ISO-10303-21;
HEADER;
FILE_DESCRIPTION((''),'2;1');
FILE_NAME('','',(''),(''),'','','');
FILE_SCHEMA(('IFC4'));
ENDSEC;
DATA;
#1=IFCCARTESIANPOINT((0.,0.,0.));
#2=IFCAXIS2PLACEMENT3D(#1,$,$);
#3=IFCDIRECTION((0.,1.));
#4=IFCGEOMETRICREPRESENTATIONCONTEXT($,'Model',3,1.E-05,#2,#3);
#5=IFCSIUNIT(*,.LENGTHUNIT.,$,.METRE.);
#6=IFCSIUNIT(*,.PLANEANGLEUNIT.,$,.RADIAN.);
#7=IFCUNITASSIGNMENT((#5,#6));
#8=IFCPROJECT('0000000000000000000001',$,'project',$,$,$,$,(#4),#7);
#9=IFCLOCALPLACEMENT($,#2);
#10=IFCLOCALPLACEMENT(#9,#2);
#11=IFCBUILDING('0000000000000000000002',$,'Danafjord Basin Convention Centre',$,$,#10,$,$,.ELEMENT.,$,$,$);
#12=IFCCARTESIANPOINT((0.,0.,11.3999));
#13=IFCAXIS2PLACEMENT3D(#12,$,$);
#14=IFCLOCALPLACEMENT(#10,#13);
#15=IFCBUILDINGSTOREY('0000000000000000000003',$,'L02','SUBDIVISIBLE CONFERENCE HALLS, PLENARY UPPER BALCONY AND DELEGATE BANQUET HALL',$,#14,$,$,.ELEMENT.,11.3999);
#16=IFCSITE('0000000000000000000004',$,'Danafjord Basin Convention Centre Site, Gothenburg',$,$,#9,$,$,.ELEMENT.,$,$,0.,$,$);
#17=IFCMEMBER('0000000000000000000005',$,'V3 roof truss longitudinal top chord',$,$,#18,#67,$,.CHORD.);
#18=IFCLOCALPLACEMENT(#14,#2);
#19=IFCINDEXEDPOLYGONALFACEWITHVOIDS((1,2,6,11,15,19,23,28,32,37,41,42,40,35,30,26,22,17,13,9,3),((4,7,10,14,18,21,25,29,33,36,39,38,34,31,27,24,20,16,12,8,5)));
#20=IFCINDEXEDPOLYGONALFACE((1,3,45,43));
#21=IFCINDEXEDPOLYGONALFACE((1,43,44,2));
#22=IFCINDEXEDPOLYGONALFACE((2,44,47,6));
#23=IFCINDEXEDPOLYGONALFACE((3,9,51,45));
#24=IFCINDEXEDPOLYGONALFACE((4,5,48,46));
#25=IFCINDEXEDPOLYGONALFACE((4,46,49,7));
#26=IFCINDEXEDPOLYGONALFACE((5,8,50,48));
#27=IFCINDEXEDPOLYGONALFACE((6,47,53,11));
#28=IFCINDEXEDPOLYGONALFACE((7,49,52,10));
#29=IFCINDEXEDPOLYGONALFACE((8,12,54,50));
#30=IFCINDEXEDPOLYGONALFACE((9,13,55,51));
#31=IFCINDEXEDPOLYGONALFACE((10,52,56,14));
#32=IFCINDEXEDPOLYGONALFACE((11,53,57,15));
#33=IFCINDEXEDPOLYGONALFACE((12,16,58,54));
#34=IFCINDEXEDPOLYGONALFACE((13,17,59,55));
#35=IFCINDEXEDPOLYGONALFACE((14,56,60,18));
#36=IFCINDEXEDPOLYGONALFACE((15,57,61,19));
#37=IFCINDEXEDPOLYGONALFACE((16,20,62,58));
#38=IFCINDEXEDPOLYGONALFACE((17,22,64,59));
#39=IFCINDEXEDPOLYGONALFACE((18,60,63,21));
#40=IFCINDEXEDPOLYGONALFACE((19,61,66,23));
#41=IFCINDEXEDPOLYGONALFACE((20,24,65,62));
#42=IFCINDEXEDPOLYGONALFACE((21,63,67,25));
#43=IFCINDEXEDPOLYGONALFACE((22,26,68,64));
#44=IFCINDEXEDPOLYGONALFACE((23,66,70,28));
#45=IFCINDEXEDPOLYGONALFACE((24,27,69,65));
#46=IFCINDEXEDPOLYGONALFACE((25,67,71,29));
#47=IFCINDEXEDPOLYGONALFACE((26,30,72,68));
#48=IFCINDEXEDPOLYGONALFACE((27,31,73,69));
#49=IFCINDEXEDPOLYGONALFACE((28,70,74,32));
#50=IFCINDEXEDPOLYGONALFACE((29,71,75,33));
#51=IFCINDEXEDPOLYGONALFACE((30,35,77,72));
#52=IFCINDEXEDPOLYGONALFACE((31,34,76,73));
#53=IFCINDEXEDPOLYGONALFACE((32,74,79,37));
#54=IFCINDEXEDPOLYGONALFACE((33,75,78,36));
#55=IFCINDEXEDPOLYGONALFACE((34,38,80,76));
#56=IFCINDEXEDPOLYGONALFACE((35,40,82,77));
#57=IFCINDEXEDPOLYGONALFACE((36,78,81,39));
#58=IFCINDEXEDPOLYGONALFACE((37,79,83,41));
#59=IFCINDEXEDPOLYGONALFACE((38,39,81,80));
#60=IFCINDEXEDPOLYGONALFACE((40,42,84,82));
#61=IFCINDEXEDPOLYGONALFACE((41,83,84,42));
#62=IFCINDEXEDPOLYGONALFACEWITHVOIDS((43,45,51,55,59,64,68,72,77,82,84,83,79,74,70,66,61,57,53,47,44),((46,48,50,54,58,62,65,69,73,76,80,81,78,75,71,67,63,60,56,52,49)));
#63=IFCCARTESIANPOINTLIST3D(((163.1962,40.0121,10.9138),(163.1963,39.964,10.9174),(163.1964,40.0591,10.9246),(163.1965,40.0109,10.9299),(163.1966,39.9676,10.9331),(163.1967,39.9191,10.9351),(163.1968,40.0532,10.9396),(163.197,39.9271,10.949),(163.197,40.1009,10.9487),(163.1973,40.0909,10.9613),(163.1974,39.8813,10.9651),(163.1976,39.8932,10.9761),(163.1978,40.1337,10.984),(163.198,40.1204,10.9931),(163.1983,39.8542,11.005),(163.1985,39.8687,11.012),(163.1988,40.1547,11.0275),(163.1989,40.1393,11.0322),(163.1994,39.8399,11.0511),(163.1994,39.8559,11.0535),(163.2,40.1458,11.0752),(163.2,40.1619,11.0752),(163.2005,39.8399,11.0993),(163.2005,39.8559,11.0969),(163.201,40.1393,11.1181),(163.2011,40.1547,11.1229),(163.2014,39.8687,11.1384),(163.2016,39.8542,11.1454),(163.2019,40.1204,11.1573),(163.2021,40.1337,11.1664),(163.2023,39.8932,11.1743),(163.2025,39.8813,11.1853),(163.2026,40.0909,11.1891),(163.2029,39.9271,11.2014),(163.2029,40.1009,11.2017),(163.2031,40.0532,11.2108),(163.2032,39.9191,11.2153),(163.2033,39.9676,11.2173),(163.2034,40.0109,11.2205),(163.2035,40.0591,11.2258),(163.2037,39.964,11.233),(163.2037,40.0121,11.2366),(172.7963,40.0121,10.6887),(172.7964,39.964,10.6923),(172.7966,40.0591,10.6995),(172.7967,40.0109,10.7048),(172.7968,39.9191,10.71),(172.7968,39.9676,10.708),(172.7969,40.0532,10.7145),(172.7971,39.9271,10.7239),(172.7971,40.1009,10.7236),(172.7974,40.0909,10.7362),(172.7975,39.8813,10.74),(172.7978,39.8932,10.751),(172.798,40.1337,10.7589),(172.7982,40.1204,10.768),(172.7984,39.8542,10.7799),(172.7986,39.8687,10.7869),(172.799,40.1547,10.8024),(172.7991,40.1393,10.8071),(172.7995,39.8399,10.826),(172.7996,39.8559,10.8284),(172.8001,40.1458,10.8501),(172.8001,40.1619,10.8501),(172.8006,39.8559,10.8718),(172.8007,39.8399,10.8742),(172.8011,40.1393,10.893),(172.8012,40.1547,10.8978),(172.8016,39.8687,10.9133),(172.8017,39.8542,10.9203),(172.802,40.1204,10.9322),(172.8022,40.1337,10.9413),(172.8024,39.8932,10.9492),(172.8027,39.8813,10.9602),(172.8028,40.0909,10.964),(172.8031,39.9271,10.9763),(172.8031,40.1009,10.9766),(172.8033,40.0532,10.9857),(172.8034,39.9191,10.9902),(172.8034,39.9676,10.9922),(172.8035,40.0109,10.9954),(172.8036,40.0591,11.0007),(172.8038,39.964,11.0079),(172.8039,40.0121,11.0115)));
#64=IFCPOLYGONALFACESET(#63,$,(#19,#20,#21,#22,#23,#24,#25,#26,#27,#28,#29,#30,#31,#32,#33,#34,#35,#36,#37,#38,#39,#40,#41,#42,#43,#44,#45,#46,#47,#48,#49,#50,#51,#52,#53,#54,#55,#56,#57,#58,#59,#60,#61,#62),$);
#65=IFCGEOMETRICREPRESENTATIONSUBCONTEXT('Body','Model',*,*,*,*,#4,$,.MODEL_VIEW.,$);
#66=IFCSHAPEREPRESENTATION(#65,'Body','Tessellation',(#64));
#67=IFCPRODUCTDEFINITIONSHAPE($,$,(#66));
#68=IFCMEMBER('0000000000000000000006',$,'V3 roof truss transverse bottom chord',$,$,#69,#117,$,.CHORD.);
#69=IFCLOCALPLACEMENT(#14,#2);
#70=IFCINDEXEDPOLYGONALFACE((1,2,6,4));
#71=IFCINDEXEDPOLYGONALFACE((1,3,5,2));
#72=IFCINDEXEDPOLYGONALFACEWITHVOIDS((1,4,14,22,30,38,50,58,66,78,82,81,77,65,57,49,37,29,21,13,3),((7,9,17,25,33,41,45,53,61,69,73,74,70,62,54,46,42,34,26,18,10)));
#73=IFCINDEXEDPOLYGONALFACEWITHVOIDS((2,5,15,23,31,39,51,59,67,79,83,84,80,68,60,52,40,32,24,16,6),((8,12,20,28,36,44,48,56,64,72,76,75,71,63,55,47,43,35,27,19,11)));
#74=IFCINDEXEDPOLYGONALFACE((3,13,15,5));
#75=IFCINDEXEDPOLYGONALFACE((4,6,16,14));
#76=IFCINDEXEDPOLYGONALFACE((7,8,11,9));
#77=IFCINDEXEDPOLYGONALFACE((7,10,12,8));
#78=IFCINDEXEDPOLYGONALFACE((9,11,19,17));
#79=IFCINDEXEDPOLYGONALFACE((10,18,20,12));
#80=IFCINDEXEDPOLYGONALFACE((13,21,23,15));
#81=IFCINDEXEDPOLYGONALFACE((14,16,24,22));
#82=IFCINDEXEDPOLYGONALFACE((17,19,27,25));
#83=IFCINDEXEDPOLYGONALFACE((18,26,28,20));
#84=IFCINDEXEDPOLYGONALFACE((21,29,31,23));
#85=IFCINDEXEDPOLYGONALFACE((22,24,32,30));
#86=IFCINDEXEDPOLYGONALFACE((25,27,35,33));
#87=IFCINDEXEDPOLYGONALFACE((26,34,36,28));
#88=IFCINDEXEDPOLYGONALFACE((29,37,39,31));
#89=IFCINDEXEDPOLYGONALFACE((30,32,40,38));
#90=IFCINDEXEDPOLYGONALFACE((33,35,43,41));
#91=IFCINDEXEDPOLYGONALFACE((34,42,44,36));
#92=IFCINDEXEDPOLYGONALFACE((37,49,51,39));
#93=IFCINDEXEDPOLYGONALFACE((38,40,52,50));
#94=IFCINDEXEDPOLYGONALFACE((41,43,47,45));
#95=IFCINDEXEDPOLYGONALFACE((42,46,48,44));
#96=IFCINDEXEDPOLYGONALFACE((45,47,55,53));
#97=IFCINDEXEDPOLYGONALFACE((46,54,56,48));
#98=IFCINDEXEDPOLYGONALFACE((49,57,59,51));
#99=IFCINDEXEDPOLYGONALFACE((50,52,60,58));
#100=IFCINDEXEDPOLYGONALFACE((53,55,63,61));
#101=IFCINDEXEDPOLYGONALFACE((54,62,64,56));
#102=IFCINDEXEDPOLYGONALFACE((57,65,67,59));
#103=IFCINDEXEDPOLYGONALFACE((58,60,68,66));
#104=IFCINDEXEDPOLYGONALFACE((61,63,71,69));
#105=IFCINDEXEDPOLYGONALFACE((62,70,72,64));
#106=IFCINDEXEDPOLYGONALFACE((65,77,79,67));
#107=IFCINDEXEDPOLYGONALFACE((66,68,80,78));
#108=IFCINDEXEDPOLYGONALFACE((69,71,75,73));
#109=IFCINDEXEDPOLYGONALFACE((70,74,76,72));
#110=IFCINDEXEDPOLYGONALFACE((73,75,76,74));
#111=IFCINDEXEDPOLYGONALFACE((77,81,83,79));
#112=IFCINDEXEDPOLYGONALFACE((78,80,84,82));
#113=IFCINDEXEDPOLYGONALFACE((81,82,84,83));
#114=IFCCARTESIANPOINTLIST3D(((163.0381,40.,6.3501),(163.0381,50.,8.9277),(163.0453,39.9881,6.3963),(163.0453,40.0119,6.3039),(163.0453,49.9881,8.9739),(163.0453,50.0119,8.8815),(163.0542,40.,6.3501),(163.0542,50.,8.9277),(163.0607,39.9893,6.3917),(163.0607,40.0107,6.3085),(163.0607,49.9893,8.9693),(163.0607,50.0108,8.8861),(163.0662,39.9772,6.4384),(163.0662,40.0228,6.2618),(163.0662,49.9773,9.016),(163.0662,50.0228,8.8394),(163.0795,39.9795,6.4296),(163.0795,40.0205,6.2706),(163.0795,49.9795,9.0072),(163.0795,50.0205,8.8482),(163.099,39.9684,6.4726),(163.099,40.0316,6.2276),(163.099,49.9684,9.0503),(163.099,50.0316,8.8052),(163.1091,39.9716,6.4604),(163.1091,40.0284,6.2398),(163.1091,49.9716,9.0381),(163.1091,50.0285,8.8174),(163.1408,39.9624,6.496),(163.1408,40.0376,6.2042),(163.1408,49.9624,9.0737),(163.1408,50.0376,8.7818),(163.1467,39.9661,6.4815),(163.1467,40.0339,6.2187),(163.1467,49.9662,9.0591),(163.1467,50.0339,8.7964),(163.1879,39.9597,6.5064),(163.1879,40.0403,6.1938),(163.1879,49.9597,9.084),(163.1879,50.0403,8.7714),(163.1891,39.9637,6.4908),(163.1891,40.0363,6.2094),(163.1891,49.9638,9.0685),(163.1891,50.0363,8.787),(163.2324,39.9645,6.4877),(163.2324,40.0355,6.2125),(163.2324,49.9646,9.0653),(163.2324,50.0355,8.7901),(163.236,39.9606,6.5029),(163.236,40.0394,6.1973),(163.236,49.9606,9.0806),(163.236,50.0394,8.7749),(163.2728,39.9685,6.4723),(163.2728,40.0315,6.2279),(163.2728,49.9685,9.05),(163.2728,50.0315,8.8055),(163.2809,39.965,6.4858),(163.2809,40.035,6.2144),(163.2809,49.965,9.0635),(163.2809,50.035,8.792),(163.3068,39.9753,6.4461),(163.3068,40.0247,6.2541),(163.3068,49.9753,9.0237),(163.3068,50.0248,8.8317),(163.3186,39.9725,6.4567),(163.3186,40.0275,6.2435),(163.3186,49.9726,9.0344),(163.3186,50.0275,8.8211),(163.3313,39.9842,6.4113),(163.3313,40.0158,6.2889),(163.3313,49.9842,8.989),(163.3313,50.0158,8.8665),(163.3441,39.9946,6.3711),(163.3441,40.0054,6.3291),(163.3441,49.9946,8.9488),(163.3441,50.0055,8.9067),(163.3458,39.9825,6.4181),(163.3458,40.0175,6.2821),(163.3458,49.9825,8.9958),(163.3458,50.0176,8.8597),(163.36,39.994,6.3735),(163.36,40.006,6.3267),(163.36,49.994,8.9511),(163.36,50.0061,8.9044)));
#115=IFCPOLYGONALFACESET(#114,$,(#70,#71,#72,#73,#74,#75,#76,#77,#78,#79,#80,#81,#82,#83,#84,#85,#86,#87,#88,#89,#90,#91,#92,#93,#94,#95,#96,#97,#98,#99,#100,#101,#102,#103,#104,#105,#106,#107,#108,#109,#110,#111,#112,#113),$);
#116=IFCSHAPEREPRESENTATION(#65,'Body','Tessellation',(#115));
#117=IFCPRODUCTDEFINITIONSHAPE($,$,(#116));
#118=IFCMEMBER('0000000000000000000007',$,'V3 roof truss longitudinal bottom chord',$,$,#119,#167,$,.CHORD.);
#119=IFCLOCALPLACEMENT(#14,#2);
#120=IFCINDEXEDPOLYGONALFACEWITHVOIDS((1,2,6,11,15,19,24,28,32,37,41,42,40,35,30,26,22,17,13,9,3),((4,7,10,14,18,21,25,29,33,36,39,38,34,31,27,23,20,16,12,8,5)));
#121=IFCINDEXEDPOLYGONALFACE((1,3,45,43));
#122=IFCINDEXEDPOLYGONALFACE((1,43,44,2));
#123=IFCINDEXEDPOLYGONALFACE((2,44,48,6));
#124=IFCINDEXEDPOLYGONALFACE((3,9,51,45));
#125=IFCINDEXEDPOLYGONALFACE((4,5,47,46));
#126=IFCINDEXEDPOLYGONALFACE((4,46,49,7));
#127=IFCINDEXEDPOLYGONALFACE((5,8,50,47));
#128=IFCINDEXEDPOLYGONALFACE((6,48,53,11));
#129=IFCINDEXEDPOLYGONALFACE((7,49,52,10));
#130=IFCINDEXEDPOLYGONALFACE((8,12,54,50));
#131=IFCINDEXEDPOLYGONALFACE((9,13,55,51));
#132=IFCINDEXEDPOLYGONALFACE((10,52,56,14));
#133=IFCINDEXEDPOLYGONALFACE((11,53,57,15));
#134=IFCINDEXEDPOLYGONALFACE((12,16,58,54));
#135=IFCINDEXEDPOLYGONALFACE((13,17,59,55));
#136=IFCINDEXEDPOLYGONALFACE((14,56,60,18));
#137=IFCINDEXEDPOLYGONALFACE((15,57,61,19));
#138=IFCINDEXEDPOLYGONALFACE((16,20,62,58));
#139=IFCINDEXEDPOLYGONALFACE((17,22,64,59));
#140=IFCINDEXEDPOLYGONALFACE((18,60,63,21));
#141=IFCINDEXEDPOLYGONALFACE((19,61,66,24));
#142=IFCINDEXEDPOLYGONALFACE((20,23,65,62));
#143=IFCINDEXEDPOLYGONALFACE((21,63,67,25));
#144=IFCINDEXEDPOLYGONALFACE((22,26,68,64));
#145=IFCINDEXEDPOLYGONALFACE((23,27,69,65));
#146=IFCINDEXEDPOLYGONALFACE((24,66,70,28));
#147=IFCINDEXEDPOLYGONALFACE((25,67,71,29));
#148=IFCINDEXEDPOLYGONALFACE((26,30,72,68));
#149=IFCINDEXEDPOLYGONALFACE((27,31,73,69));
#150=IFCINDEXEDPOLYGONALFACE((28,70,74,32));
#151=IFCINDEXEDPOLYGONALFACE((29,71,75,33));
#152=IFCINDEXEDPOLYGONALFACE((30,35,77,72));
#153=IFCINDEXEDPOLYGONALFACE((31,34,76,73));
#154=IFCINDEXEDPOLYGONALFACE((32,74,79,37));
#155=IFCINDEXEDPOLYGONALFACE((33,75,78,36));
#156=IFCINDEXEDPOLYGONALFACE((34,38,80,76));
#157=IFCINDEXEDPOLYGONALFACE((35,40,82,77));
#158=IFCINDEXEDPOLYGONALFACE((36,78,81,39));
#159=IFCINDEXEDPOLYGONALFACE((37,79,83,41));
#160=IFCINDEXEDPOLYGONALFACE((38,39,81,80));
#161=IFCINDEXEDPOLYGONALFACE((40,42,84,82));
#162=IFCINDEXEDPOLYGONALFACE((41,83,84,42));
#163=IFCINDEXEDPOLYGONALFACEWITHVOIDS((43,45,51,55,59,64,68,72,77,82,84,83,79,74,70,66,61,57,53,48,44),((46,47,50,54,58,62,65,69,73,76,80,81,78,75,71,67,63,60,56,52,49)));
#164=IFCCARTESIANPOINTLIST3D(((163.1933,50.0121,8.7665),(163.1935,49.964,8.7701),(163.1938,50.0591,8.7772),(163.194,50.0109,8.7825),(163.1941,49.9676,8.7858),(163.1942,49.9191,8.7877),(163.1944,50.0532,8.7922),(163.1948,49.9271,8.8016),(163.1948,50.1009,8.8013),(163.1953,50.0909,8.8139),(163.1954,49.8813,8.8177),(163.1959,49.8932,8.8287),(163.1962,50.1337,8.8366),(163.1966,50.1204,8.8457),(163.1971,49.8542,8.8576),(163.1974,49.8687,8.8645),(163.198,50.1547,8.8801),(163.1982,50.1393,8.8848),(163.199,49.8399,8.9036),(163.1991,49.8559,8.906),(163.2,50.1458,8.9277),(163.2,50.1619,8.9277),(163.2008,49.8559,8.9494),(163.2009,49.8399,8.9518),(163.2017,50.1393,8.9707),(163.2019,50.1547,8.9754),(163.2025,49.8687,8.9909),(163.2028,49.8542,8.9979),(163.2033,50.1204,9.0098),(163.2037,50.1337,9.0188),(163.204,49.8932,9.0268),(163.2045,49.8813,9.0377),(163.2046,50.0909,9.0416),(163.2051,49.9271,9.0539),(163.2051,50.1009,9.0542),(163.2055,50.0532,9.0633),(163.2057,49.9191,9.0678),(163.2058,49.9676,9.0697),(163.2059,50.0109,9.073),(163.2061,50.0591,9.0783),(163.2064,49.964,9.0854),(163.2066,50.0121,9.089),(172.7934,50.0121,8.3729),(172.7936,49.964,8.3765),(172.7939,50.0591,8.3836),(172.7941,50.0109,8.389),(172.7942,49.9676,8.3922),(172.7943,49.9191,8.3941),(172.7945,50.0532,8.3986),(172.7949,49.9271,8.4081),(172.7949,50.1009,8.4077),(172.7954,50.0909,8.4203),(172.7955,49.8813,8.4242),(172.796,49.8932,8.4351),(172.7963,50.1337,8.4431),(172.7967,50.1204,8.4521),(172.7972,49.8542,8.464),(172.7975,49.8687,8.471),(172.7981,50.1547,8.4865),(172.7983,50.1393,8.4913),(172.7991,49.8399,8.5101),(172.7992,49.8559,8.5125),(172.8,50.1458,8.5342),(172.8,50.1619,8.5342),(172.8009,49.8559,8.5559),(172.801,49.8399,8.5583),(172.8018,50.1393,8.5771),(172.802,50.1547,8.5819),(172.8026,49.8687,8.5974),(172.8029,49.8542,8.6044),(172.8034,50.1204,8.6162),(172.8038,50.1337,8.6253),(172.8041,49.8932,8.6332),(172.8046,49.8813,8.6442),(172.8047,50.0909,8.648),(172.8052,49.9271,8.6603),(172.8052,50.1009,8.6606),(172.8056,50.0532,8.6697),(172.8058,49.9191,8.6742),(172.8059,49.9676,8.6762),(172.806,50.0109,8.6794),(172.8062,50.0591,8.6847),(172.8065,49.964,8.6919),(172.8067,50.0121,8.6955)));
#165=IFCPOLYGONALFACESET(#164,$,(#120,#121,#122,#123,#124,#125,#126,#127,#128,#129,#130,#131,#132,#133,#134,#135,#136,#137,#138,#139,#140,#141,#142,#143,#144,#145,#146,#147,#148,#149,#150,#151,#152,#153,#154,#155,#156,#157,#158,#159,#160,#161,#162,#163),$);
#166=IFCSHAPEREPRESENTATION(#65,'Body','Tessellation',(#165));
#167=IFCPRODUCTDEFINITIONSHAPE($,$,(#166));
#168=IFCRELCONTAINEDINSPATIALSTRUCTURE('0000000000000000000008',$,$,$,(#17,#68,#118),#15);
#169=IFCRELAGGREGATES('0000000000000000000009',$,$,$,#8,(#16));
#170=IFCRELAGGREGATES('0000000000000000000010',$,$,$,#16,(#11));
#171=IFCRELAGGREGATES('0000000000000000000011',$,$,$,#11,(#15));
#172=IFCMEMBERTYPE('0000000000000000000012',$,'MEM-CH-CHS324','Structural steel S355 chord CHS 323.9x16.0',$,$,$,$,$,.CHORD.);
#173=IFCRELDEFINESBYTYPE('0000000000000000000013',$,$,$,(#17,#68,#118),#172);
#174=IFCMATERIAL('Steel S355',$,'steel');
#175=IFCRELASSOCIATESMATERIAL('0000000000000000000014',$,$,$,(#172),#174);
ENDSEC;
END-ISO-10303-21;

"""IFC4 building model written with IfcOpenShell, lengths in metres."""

from ifc_helpers import new_model, si_unit, direction, frame, origin, origin_2d, place, context, subcontext, project, spatial, hollow_circle, extrude, material, material_profile, profile_set, type_object, element, save


model = new_model("IFC4")

# Units and contexts
model_context = context("Model", 3, precision=1e-05, world=origin(), true_north=direction((0.0, 1.0)))
body_context = subcontext(model_context, "Body", "Model", "MODEL_VIEW")
ifc_project = project(units=[si_unit("LENGTHUNIT", "METRE"), si_unit("PLANEANGLEUNIT", "RADIAN")], contexts=[model_context])

# Site, building, storey
site_placement = place(None, origin())
site = spatial("IfcSite", under=ifc_project, at=site_placement, Name="Danafjord Basin Convention Centre Site, Gothenburg", CompositionType="ELEMENT", RefElevation=0.0)
building_placement = place(site_placement, origin())
building = spatial("IfcBuilding", under=site, at=building_placement, Name="Danafjord Basin Convention Centre", CompositionType="ELEMENT")
storey_placement = place(building_placement, frame((0.0, 0.0, 11.3999)))
storey = spatial("IfcBuildingStorey", under=building, at=storey_placement, Name="L02", Description="SUBDIVISIBLE CONFERENCE HALLS, PLENARY UPPER BALCONY AND DELEGATE BANQUET HALL", CompositionType="ELEMENT", Elevation=11.3999)

# Members
ifc_material = material(Name="Steel S355", Category="steel")
ifc_material_profile_1 = material_profile(ifc_material, hollow_circle(Radius=0.1619, WallThickness=0.0161, at=origin_2d()), Name="CHS 323.9x16.0")
ifc_profile_set_1 = profile_set([ifc_material_profile_1], Name="Steel S355")
member_type_1 = type_object("IfcMemberType", Name="MEM-CH-CHS324", Description="Structural steel S355 chord CHS 323.9x16.0", PredefinedType="CHORD", material=ifc_profile_set_1)
member_1_placement = place(storey_placement, frame((163.2, 40.0, 11.0752), z_axis=(0.999725, 0.0, -0.023441), x_axis=(0.0, 1.0, 0.0)))
element("IfcMember", 1, at=member_1_placement, inside=storey, type_object=member_type_1, Name="V3 roof truss longitudinal top chord", PredefinedType="CHORD", context=body_context, shape_type="SweptSolid", body=[
    extrude(hollow_circle(Radius=0.1619, WallThickness=0.0161, at=origin_2d()), origin(), (0.0, 0.0, 1.0), 9.6028),
])
member_2_placement = place(storey_placement, frame((163.2, 40.0, 6.3501), z_axis=(0.0, 0.968348, 0.249605), x_axis=(-1.0, 0.0, 0.0)))
element("IfcMember", 2, at=member_2_placement, inside=storey, type_object=member_type_1, Name="V3 roof truss transverse bottom chord", PredefinedType="CHORD", context=body_context, shape_type="SweptSolid", body=[
    extrude(hollow_circle(Radius=0.1619, WallThickness=0.0161, at=origin_2d()), origin(), (0.0, 0.0, 1.0), 10.3269),
])
member_3_placement = place(storey_placement, frame((163.2, 50.0, 8.9277), z_axis=(0.999161, 0.0, -0.04096), x_axis=(0.0, 1.0, 0.0)))
element("IfcMember", 3, at=member_3_placement, inside=storey, type_object=member_type_1, Name="V3 roof truss longitudinal bottom chord", PredefinedType="CHORD", context=body_context, shape_type="SweptSolid", body=[
    extrude(hollow_circle(Radius=0.1619, WallThickness=0.0161, at=origin_2d()), origin(), (0.0, 0.0, 1.0), 9.6082),
])

save(model, "model.ifc")
